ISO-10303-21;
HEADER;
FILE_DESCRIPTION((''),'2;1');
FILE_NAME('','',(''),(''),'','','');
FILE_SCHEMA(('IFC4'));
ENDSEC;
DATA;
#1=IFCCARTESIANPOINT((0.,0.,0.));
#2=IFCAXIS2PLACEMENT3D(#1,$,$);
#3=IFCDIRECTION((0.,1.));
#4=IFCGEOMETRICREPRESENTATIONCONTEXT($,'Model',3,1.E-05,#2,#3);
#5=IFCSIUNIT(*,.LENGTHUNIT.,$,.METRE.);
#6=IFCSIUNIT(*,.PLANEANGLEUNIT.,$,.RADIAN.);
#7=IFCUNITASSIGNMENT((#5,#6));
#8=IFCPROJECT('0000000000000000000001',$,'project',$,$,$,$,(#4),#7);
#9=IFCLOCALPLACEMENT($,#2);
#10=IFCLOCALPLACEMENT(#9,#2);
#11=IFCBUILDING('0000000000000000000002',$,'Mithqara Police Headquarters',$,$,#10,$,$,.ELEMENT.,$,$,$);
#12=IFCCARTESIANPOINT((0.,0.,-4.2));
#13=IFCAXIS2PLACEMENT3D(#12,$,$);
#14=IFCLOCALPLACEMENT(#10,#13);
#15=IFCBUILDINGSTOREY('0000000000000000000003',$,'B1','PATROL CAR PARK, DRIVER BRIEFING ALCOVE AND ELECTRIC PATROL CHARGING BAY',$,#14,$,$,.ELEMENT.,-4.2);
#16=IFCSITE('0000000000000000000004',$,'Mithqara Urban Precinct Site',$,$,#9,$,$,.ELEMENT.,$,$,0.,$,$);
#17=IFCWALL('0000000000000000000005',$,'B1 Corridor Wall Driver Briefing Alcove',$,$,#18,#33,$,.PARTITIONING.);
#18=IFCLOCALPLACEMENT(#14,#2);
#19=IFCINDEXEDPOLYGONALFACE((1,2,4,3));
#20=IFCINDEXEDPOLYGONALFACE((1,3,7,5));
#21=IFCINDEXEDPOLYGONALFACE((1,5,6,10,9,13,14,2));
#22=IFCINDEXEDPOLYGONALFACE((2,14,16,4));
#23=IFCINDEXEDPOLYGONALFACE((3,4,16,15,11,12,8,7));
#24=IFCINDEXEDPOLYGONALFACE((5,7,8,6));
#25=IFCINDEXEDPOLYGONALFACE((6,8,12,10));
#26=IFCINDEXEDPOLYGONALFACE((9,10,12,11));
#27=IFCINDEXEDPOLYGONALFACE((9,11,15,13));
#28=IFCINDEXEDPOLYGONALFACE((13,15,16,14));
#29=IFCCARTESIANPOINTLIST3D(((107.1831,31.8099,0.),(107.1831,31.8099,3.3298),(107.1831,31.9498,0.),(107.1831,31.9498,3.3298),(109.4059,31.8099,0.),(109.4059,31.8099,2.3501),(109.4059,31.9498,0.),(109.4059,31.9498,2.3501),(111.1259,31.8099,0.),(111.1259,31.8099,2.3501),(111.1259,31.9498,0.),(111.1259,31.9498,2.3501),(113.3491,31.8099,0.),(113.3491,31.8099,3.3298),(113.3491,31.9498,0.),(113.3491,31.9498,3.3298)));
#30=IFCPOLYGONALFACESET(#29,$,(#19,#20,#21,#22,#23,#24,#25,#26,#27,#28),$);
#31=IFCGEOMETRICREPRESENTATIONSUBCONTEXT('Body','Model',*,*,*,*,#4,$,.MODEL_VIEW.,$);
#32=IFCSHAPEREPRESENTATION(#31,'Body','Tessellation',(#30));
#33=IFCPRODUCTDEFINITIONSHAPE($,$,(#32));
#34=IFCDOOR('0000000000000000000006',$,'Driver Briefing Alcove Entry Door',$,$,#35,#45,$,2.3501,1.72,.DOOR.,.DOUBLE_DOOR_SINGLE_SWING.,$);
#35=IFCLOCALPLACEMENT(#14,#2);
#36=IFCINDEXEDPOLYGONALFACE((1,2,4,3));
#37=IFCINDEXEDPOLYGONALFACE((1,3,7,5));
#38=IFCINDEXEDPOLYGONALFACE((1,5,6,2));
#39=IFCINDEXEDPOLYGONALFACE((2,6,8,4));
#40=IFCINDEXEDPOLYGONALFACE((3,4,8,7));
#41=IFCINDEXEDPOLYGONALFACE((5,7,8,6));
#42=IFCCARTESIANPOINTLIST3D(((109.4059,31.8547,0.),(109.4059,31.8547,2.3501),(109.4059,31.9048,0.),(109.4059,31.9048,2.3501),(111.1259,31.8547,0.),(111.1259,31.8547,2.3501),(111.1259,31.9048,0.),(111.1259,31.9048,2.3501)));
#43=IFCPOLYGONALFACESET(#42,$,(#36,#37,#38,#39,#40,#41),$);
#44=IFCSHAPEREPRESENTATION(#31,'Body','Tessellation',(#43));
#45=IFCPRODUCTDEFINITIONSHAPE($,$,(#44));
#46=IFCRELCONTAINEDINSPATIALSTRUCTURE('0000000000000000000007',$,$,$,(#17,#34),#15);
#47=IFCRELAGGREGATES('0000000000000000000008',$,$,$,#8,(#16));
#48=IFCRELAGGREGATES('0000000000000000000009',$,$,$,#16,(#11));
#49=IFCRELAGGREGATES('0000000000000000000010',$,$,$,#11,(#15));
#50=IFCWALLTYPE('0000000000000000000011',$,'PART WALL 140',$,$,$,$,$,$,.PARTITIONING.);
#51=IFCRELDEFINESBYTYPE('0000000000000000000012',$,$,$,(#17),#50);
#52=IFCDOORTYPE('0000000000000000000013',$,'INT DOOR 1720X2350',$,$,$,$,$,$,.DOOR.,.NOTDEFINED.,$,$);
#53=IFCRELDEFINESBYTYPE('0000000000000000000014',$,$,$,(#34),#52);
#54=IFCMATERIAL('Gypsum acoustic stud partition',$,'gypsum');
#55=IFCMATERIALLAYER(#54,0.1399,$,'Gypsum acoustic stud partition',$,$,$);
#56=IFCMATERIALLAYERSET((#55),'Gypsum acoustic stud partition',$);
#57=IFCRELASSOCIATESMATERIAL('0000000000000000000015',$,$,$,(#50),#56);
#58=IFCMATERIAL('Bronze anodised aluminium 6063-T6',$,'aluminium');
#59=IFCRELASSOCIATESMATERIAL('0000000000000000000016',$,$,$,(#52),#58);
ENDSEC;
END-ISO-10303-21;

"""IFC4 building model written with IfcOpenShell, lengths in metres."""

from ifc_helpers import new_model, si_unit, direction, frame, frame_2d, origin, place, context, subcontext, project, spatial, rectangle, extrude, material, layer, layer_set, type_object, element, fill, save


model = new_model("IFC4")

# Units and contexts
model_context = context("Model", 3, precision=1e-05, world=origin(), true_north=direction((0.0, 1.0)))
body_context = subcontext(model_context, "Body", "Model", "MODEL_VIEW")
ifc_project = project(units=[si_unit("LENGTHUNIT", "METRE"), si_unit("PLANEANGLEUNIT", "RADIAN")], contexts=[model_context])

# Site, building, storey
site_placement = place(None, origin())
site = spatial("IfcSite", under=ifc_project, at=site_placement, Name="Mithqara Urban Precinct Site", CompositionType="ELEMENT", RefElevation=0.0)
building_placement = place(site_placement, origin())
building = spatial("IfcBuilding", under=site, at=building_placement, Name="Mithqara Police Headquarters", CompositionType="ELEMENT")
storey_placement = place(building_placement, frame((0.0, 0.0, -4.2)))
storey = spatial("IfcBuildingStorey", under=building, at=storey_placement, Name="B1", Description="PATROL CAR PARK, DRIVER BRIEFING ALCOVE AND ELECTRIC PATROL CHARGING BAY", CompositionType="ELEMENT", Elevation=-4.2)

# Shared definitions
ifc_material_1 = material(Name="Gypsum acoustic stud partition", Category="gypsum")
ifc_layer = layer(ifc_material_1, 0.1399, Name="Gypsum acoustic stud partition")
ifc_layer_set = layer_set([ifc_layer], Name="Gypsum acoustic stud partition")
wall_type = type_object("IfcWallType", Name="PART WALL 140", PredefinedType="PARTITIONING", material=ifc_layer_set)

# Shared definitions
ifc_material_2 = material(Name="Bronze anodised aluminium 6063-T6", Category="aluminium")

# Wall, opening, door
wall_1_placement = place(storey_placement, frame((107.1831, 31.8799, 0.0), z_axis=(0.0, 0.0, 1.0), x_axis=(1.0, 0.0, 0.0)))
wall_1 = element("IfcWall", 1, at=wall_1_placement, inside=storey, type_object=wall_type, Name="B1 Corridor Wall Driver Briefing Alcove", PredefinedType="PARTITIONING", context=body_context, shape_type="SweptSolid", body=[
    extrude(rectangle(XDim=6.166, YDim=0.1399, at=frame_2d((3.083, 0.0))), origin(), (0.0, 0.0, 1.0), 3.3298),
])
opening_1_placement = place(wall_1_placement, frame((2.2229, 0.0, 0.0)))
opening_1 = element("IfcOpeningElement", 2, at=opening_1_placement, cuts=wall_1, PredefinedType="OPENING", context=body_context, shape_type="SweptSolid", body=[
    extrude(rectangle(XDim=1.72, YDim=2.3501, at=frame_2d((0.8599, 1.175))), frame((0.0, 0.0801, 0.0), z_axis=(0.0, -1.0, 0.0), x_axis=(1.0, 0.0, 0.0)), (0.0, 0.0, 1.0), 0.1599),
])
door_type_1 = type_object("IfcDoorType", Name="INT DOOR 1720X2350", OperationType="NOTDEFINED", PredefinedType="DOOR", material=ifc_material_2)
door_1_placement = place(opening_1_placement, origin())
door_1 = element("IfcDoor", 3, at=door_1_placement, inside=storey, type_object=door_type_1, Name="Driver Briefing Alcove Entry Door", OperationType="DOUBLE_DOOR_SINGLE_SWING", OverallHeight=2.3501, OverallWidth=1.72, PredefinedType="DOOR", context=body_context, shape_type="SweptSolid", body=[
    extrude(rectangle(XDim=1.72, YDim=2.3501, at=frame_2d((0.8599, 1.175))), frame((0.0, 0.0249, 0.0), z_axis=(0.0, -1.0, 0.0), x_axis=(1.0, 0.0, 0.0)), (0.0, 0.0, 1.0), 0.05),
])
fill(opening_1, door_1)

save(model, "model.ifc")
